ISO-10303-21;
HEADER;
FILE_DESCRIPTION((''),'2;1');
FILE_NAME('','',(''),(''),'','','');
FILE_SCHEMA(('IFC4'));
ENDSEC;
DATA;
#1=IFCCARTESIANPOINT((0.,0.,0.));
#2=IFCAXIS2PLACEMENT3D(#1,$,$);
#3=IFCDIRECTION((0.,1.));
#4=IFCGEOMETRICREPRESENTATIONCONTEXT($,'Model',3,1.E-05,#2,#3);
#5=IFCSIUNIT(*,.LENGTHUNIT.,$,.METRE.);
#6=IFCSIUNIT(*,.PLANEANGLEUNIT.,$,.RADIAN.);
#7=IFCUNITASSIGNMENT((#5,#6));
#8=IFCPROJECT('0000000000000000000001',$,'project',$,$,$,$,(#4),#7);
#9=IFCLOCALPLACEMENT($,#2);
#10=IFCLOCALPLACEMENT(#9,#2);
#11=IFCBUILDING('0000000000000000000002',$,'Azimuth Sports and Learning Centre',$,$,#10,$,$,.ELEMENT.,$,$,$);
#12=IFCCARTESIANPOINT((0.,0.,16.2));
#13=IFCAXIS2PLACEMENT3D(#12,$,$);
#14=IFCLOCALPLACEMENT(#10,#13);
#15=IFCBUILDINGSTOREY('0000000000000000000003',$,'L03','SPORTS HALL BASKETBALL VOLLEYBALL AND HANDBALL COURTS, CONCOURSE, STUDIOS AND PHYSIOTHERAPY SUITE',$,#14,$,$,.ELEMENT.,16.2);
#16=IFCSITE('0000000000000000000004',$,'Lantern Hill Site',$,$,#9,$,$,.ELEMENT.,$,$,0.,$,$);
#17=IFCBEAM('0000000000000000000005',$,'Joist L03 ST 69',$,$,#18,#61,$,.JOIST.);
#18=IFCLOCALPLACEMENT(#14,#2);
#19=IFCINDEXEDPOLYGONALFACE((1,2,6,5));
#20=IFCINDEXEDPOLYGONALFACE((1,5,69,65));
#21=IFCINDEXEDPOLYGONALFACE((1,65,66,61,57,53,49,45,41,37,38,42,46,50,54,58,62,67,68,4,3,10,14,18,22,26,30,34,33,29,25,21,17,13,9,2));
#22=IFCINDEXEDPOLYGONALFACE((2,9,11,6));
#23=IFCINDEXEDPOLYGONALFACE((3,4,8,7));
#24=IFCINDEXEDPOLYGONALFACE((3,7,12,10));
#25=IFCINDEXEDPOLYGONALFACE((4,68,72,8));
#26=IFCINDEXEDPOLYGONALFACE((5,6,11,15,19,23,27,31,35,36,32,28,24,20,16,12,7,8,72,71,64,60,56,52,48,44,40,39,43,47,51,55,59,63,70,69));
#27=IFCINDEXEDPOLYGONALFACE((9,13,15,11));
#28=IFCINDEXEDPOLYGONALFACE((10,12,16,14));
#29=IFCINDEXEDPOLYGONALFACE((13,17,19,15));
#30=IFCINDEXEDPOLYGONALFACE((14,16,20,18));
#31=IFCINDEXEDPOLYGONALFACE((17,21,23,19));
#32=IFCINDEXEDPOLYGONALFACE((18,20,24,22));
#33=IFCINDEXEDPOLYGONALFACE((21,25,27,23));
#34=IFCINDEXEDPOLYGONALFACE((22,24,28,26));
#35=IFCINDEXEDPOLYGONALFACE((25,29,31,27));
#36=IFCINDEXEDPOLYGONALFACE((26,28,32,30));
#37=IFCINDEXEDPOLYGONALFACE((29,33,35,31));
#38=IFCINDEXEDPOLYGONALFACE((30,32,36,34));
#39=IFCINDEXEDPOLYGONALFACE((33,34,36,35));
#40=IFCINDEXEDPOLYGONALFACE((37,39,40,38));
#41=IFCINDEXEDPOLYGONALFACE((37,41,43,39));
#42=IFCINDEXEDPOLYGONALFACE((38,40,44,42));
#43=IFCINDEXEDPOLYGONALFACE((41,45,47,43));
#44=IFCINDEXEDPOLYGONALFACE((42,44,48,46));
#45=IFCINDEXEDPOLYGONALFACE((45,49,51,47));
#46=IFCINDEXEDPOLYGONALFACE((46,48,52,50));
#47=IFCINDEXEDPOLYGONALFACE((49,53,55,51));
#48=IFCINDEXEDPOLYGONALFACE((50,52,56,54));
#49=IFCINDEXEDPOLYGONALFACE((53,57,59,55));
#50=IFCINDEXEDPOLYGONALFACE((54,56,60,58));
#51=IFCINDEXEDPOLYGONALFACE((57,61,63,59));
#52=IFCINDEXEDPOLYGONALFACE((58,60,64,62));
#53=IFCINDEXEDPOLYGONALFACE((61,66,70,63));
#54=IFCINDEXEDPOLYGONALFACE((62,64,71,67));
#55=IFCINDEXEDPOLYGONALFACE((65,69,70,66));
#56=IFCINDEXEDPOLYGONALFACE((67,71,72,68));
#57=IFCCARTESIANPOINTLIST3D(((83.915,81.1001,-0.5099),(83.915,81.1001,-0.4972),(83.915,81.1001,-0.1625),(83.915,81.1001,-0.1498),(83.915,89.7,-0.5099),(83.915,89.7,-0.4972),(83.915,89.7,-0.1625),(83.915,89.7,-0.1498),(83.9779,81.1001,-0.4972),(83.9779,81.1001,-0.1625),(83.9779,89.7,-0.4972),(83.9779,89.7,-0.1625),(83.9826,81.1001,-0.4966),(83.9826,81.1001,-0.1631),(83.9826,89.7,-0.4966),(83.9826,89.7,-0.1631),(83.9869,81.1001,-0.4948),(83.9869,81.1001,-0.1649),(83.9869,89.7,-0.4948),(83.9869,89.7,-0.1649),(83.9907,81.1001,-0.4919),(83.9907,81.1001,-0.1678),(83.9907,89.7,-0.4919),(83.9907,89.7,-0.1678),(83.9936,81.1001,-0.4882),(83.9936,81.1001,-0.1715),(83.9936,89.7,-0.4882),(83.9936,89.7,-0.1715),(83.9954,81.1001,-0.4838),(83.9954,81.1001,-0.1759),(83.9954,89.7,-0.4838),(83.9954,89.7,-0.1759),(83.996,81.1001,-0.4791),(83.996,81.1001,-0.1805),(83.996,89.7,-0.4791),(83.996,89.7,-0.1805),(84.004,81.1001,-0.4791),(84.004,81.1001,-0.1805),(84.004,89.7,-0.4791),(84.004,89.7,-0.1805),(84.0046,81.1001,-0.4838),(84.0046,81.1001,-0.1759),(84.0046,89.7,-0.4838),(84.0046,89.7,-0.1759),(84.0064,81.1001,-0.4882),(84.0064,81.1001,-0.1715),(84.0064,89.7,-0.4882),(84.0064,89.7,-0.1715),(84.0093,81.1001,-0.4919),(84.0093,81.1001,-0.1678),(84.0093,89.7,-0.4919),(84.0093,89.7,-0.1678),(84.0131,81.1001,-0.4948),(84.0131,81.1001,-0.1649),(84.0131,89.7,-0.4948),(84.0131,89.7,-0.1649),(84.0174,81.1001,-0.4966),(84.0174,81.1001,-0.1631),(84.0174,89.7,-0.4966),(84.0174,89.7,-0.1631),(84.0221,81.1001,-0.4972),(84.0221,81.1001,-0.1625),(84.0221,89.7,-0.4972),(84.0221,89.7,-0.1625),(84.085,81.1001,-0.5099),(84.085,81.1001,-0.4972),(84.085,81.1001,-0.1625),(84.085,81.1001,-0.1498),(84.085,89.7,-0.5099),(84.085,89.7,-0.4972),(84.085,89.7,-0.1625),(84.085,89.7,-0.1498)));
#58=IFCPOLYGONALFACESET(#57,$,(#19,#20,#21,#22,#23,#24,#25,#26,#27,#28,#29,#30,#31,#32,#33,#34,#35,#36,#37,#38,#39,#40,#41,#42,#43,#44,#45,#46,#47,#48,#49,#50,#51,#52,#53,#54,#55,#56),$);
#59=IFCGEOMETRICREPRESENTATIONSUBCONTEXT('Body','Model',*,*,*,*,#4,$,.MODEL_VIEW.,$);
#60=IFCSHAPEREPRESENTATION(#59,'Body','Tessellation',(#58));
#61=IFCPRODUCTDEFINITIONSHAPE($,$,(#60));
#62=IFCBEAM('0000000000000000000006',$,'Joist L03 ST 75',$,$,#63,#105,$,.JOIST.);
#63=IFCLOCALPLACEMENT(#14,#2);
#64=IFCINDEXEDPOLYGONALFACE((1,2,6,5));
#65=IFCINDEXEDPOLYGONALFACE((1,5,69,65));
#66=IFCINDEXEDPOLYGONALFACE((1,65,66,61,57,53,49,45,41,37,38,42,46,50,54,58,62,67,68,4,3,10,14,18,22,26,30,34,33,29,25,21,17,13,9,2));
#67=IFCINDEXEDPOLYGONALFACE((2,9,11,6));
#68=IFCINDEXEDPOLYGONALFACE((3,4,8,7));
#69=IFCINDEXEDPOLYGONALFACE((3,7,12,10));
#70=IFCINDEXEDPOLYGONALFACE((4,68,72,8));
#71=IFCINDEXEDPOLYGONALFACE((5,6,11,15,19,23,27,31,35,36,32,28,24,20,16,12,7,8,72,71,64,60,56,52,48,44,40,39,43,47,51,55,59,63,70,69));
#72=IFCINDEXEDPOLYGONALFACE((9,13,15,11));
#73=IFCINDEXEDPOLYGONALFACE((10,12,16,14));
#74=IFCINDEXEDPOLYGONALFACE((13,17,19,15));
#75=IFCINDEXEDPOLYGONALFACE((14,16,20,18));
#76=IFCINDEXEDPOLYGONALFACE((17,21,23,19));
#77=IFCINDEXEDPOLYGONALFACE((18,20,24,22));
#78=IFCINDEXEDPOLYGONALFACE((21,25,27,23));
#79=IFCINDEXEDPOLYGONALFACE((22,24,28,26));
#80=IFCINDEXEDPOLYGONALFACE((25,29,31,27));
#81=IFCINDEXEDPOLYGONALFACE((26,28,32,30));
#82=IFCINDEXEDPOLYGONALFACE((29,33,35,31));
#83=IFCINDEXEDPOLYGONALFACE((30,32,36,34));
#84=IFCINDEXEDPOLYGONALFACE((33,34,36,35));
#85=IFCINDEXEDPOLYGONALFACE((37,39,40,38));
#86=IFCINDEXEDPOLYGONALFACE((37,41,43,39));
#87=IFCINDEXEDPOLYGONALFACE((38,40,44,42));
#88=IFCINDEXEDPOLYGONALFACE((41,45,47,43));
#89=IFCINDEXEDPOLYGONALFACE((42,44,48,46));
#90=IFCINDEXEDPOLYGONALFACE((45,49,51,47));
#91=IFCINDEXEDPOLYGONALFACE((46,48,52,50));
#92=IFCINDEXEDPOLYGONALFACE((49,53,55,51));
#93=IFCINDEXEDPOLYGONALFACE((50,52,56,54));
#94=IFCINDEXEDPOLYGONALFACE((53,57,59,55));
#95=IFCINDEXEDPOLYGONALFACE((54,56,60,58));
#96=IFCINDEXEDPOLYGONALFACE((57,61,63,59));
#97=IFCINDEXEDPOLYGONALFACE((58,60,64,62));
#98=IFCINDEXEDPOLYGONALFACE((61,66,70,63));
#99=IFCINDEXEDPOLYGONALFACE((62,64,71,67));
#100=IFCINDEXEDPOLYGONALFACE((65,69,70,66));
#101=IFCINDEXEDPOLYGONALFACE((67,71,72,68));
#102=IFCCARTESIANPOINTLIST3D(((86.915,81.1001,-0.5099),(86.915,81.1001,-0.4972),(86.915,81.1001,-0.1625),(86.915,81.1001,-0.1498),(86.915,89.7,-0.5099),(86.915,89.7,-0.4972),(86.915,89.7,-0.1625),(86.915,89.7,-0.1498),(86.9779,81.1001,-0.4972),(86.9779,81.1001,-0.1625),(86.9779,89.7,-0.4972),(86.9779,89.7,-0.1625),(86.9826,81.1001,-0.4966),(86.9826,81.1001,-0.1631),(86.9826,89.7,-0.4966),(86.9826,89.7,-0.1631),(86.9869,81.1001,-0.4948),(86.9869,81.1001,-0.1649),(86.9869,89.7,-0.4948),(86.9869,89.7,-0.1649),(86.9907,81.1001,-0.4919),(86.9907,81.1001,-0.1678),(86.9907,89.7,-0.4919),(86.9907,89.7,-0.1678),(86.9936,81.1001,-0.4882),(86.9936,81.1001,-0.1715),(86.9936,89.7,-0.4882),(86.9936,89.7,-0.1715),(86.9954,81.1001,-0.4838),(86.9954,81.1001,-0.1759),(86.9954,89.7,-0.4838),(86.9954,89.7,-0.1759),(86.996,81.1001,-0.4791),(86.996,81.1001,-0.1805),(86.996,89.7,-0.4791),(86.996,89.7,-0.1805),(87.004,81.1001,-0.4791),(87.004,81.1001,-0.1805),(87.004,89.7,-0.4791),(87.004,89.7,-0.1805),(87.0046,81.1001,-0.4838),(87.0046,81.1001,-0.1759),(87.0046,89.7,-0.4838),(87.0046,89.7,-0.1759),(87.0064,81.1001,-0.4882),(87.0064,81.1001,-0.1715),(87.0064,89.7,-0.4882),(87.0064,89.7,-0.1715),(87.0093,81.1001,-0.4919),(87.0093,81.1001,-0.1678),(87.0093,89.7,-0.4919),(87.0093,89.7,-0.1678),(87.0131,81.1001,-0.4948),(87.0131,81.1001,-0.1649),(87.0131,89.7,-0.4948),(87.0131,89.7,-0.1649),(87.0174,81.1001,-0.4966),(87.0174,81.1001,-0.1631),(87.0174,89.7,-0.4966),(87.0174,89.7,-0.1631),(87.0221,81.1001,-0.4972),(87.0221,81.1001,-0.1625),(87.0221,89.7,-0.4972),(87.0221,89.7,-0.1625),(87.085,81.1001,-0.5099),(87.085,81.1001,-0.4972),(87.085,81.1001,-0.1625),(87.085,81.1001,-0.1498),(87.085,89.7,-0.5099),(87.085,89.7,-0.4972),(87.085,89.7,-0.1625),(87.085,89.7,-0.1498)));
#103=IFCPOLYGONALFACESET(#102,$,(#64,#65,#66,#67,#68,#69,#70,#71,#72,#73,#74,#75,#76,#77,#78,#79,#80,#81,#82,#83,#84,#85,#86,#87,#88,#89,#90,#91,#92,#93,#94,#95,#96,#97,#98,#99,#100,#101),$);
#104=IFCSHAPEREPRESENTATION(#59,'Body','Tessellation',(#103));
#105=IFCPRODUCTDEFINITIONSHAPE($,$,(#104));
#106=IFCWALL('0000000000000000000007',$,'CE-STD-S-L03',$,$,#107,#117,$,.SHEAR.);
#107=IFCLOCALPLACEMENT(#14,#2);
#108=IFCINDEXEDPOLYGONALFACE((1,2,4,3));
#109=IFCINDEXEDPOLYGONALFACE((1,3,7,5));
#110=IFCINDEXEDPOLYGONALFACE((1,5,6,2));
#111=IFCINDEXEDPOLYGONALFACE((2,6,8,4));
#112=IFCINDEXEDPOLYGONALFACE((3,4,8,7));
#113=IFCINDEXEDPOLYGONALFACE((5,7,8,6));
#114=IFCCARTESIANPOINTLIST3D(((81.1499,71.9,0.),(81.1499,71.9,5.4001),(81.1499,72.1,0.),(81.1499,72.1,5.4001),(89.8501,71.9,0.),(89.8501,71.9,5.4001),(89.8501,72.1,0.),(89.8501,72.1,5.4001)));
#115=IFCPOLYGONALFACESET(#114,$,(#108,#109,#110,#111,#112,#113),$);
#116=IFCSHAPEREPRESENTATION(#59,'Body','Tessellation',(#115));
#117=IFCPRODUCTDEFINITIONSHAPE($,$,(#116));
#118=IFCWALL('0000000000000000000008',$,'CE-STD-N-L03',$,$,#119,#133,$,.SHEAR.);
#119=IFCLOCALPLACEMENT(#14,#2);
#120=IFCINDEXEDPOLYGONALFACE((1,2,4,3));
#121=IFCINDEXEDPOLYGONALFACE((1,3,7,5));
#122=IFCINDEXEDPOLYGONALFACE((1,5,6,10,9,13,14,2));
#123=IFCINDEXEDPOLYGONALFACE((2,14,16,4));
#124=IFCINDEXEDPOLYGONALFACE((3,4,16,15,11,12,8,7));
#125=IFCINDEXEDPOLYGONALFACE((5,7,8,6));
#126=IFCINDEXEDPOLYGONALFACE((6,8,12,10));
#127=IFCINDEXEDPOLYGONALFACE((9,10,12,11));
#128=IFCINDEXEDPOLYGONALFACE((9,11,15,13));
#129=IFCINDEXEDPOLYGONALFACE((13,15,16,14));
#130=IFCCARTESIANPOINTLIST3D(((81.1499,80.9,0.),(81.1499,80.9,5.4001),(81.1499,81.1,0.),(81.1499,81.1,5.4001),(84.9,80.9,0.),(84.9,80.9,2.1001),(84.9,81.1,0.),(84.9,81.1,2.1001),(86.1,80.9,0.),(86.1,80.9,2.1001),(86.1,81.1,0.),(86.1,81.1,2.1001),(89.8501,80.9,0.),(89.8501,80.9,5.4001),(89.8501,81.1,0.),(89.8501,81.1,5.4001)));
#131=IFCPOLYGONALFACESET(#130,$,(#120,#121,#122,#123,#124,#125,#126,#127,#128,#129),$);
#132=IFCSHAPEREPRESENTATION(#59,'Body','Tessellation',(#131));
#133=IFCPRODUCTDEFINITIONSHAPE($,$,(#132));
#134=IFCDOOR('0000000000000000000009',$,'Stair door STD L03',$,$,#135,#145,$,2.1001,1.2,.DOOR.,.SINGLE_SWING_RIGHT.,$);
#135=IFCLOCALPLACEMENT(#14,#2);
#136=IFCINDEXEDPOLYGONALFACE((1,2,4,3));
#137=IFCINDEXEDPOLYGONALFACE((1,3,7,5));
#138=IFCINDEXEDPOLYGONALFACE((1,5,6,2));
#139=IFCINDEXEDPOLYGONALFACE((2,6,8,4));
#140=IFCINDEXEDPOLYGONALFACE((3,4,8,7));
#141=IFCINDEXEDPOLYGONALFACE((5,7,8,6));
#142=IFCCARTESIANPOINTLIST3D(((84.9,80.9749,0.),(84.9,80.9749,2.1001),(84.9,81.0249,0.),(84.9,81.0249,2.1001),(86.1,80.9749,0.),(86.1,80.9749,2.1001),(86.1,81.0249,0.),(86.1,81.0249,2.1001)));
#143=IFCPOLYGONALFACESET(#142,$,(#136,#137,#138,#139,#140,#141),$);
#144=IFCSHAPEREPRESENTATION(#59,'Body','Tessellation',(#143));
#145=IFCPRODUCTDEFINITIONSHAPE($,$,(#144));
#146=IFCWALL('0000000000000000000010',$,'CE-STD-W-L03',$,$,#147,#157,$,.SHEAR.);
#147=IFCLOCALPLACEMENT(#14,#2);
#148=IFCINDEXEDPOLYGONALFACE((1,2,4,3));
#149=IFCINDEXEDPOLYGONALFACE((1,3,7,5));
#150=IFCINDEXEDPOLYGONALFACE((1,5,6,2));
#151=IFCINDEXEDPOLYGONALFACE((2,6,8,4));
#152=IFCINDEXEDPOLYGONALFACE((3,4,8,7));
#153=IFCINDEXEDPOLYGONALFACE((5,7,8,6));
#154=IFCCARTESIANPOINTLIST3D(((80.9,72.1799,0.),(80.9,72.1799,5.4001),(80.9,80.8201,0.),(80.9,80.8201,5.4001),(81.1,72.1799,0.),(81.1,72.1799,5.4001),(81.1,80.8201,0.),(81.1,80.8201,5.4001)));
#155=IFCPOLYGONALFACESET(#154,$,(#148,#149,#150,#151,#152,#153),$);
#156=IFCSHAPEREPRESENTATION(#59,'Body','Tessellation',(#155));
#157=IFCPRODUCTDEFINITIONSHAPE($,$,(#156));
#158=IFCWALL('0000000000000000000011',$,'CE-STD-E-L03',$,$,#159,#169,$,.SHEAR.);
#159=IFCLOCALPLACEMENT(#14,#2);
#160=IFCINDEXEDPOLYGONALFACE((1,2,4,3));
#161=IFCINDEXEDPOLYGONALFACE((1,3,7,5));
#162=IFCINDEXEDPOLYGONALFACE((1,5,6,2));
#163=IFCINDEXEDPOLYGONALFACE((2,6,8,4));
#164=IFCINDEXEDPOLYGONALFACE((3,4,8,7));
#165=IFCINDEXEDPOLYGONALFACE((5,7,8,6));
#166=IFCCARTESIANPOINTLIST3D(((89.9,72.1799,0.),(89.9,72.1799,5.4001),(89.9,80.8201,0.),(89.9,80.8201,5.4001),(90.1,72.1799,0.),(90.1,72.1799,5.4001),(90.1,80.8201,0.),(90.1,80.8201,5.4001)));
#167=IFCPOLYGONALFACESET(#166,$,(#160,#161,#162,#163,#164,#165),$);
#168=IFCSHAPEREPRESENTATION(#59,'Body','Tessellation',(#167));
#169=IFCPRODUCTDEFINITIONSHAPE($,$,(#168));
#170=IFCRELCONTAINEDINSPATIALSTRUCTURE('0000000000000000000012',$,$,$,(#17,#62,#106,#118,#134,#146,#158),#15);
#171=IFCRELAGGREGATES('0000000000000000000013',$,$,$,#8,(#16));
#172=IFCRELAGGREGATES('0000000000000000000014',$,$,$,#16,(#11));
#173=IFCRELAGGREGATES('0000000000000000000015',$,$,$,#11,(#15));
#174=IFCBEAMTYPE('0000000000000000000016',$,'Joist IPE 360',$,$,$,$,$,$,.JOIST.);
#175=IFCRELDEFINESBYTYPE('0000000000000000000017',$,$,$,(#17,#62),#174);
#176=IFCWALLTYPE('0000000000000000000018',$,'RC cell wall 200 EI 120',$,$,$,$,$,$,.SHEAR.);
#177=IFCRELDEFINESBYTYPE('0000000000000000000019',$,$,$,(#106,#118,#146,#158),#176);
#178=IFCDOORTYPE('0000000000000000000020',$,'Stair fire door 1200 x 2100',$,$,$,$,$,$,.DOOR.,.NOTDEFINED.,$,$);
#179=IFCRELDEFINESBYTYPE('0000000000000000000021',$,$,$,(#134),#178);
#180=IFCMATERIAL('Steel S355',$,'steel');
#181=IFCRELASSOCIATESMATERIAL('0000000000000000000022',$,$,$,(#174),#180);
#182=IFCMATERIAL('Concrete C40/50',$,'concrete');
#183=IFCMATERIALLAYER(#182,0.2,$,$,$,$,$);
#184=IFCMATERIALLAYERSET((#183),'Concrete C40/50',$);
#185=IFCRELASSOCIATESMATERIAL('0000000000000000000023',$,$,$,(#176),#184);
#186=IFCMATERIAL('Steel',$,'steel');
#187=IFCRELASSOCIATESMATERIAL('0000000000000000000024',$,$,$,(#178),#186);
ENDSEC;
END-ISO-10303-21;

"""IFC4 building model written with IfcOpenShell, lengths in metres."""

from ifc_helpers import new_model, si_unit, direction, frame, frame_2d, origin, origin_2d, place, context, subcontext, project, spatial, rectangle, i_section, extrude, material, layer, layer_set, material_profile, profile_set, type_object, element, fill, save


model = new_model("IFC4")

# Units and contexts
model_context = context("Model", 3, precision=1e-05, world=origin(), true_north=direction((0.0, 1.0)))
body_context = subcontext(model_context, "Body", "Model", "MODEL_VIEW")
ifc_project = project(units=[si_unit("LENGTHUNIT", "METRE"), si_unit("PLANEANGLEUNIT", "RADIAN")], contexts=[model_context])

# Site, building, storey
site_placement = place(None, origin())
site = spatial("IfcSite", under=ifc_project, at=site_placement, Name="Lantern Hill Site", CompositionType="ELEMENT", RefElevation=0.0)
building_placement = place(site_placement, origin())
building = spatial("IfcBuilding", under=site, at=building_placement, Name="Azimuth Sports and Learning Centre", CompositionType="ELEMENT")
storey_placement = place(building_placement, frame((0.0, 0.0, 16.2)))
storey = spatial("IfcBuildingStorey", under=building, at=storey_placement, Name="L03", Description="SPORTS HALL BASKETBALL VOLLEYBALL AND HANDBALL COURTS, CONCOURSE, STUDIOS AND PHYSIOTHERAPY SUITE", CompositionType="ELEMENT", Elevation=16.2)

# Beams
ifc_material_1 = material(Name="Steel S355", Category="steel")
ifc_material_profile_1 = material_profile(ifc_material_1, i_section(OverallWidth=0.1699, OverallDepth=0.3601, WebThickness=0.0081, FlangeThickness=0.0127, FilletRadius=0.0181, at=origin_2d()), Name="IPE 360")
ifc_profile_set_1 = profile_set([ifc_material_profile_1], Name="Steel S355")
beam_type_1 = type_object("IfcBeamType", Name="Joist IPE 360", PredefinedType="JOIST", material=ifc_profile_set_1)
for number, where, z_axis, x_axis, name in (
    (1, (84.0, 81.1001, -0.3298), (0.0, 1.0, 0.0), (-1.0, 0.0, 0.0), "Joist L03 ST 69"),
    (2, (87.0, 81.1001, -0.3298), (0.0, 1.0, 0.0), (-1.0, 0.0, 0.0), "Joist L03 ST 75"),
):
    element("IfcBeam", number, at=place(storey_placement, frame(where, z_axis=z_axis, x_axis=x_axis)), inside=storey, type_object=beam_type_1, Name=name, PredefinedType="JOIST", context=body_context, shape_type="SweptSolid", body=[
        extrude(i_section(OverallWidth=0.1699, OverallDepth=0.3601, WebThickness=0.0081, FlangeThickness=0.0127, FilletRadius=0.0181, at=origin_2d()), origin(), (0.0, 0.0, 1.0), 8.5999),
    ])

# Wall
ifc_material_2 = material(Name="Concrete C40/50", Category="concrete")
ifc_layer = layer(ifc_material_2, 0.2)
ifc_layer_set = layer_set([ifc_layer], Name="Concrete C40/50")
wall_type = type_object("IfcWallType", Name="RC cell wall 200 EI 120", PredefinedType="SHEAR", material=ifc_layer_set)
wall_1_placement = place(storey_placement, frame((81.1499, 72.0, 0.0), z_axis=(0.0, 0.0, 1.0), x_axis=(1.0, 0.0, 0.0)))
element("IfcWall", 3, at=wall_1_placement, inside=storey, type_object=wall_type, Name="CE-STD-S-L03", PredefinedType="SHEAR", context=body_context, shape_type="SweptSolid", body=[
    extrude(rectangle(XDim=8.7002, YDim=0.2, at=frame_2d((4.3501, 0.0))), origin(), (0.0, 0.0, 1.0), 5.4001),
])

# Wall, opening, door
wall_2_placement = place(storey_placement, frame((81.1499, 81.0, 0.0), z_axis=(0.0, 0.0, 1.0), x_axis=(1.0, 0.0, 0.0)))
wall_2 = element("IfcWall", 4, at=wall_2_placement, inside=storey, type_object=wall_type, Name="CE-STD-N-L03", PredefinedType="SHEAR", context=body_context, shape_type="SweptSolid", body=[
    extrude(rectangle(XDim=8.7002, YDim=0.2, at=frame_2d((4.3501, 0.0))), origin(), (0.0, 0.0, 1.0), 5.4001),
])
opening_placement = place(wall_2_placement, frame((3.75, 0.0, 0.0)))
opening = element("IfcOpeningElement", 5, at=opening_placement, cuts=wall_2, PredefinedType="OPENING", context=body_context, shape_type="SweptSolid", body=[
    extrude(rectangle(XDim=1.2, YDim=2.1001, at=frame_2d((0.6001, 1.05))), frame((0.0, 0.1108, 0.0), z_axis=(0.0, -1.0, 0.0), x_axis=(1.0, 0.0, 0.0)), (0.0, 0.0, 1.0), 0.2219),
])
ifc_material_3 = material(Name="Steel", Category="steel")
door_type = type_object("IfcDoorType", Name="Stair fire door 1200 x 2100", OperationType="NOTDEFINED", PredefinedType="DOOR", material=ifc_material_3)
door_placement = place(opening_placement, origin())
door = element("IfcDoor", 6, at=door_placement, inside=storey, type_object=door_type, Name="Stair door STD L03", OperationType="SINGLE_SWING_RIGHT", OverallHeight=2.1001, OverallWidth=1.2, PredefinedType="DOOR", context=body_context, shape_type="SweptSolid", body=[
    extrude(rectangle(XDim=1.2, YDim=2.1001, at=frame_2d((0.6001, 1.05))), frame((0.0, 0.0249, 0.0), z_axis=(0.0, -1.0, 0.0), x_axis=(1.0, 0.0, 0.0)), (0.0, 0.0, 1.0), 0.05),
])
fill(opening, door)

# Walls
for number, where, z_axis, x_axis, name in (
    (7, (81.0, 72.1799, 0.0), (0.0, 0.0, 1.0), (0.0, 1.0, 0.0), "CE-STD-W-L03"),
    (8, (90.0, 72.1799, 0.0), (0.0, 0.0, 1.0), (0.0, 1.0, 0.0), "CE-STD-E-L03"),
):
    element("IfcWall", number, at=place(storey_placement, frame(where, z_axis=z_axis, x_axis=x_axis)), inside=storey, type_object=wall_type, Name=name, PredefinedType="SHEAR", context=body_context, shape_type="SweptSolid", body=[
        extrude(rectangle(XDim=8.6401, YDim=0.2, at=frame_2d((4.3201, 0.0))), origin(), (0.0, 0.0, 1.0), 5.4001),
    ])

save(model, "model.ifc")
